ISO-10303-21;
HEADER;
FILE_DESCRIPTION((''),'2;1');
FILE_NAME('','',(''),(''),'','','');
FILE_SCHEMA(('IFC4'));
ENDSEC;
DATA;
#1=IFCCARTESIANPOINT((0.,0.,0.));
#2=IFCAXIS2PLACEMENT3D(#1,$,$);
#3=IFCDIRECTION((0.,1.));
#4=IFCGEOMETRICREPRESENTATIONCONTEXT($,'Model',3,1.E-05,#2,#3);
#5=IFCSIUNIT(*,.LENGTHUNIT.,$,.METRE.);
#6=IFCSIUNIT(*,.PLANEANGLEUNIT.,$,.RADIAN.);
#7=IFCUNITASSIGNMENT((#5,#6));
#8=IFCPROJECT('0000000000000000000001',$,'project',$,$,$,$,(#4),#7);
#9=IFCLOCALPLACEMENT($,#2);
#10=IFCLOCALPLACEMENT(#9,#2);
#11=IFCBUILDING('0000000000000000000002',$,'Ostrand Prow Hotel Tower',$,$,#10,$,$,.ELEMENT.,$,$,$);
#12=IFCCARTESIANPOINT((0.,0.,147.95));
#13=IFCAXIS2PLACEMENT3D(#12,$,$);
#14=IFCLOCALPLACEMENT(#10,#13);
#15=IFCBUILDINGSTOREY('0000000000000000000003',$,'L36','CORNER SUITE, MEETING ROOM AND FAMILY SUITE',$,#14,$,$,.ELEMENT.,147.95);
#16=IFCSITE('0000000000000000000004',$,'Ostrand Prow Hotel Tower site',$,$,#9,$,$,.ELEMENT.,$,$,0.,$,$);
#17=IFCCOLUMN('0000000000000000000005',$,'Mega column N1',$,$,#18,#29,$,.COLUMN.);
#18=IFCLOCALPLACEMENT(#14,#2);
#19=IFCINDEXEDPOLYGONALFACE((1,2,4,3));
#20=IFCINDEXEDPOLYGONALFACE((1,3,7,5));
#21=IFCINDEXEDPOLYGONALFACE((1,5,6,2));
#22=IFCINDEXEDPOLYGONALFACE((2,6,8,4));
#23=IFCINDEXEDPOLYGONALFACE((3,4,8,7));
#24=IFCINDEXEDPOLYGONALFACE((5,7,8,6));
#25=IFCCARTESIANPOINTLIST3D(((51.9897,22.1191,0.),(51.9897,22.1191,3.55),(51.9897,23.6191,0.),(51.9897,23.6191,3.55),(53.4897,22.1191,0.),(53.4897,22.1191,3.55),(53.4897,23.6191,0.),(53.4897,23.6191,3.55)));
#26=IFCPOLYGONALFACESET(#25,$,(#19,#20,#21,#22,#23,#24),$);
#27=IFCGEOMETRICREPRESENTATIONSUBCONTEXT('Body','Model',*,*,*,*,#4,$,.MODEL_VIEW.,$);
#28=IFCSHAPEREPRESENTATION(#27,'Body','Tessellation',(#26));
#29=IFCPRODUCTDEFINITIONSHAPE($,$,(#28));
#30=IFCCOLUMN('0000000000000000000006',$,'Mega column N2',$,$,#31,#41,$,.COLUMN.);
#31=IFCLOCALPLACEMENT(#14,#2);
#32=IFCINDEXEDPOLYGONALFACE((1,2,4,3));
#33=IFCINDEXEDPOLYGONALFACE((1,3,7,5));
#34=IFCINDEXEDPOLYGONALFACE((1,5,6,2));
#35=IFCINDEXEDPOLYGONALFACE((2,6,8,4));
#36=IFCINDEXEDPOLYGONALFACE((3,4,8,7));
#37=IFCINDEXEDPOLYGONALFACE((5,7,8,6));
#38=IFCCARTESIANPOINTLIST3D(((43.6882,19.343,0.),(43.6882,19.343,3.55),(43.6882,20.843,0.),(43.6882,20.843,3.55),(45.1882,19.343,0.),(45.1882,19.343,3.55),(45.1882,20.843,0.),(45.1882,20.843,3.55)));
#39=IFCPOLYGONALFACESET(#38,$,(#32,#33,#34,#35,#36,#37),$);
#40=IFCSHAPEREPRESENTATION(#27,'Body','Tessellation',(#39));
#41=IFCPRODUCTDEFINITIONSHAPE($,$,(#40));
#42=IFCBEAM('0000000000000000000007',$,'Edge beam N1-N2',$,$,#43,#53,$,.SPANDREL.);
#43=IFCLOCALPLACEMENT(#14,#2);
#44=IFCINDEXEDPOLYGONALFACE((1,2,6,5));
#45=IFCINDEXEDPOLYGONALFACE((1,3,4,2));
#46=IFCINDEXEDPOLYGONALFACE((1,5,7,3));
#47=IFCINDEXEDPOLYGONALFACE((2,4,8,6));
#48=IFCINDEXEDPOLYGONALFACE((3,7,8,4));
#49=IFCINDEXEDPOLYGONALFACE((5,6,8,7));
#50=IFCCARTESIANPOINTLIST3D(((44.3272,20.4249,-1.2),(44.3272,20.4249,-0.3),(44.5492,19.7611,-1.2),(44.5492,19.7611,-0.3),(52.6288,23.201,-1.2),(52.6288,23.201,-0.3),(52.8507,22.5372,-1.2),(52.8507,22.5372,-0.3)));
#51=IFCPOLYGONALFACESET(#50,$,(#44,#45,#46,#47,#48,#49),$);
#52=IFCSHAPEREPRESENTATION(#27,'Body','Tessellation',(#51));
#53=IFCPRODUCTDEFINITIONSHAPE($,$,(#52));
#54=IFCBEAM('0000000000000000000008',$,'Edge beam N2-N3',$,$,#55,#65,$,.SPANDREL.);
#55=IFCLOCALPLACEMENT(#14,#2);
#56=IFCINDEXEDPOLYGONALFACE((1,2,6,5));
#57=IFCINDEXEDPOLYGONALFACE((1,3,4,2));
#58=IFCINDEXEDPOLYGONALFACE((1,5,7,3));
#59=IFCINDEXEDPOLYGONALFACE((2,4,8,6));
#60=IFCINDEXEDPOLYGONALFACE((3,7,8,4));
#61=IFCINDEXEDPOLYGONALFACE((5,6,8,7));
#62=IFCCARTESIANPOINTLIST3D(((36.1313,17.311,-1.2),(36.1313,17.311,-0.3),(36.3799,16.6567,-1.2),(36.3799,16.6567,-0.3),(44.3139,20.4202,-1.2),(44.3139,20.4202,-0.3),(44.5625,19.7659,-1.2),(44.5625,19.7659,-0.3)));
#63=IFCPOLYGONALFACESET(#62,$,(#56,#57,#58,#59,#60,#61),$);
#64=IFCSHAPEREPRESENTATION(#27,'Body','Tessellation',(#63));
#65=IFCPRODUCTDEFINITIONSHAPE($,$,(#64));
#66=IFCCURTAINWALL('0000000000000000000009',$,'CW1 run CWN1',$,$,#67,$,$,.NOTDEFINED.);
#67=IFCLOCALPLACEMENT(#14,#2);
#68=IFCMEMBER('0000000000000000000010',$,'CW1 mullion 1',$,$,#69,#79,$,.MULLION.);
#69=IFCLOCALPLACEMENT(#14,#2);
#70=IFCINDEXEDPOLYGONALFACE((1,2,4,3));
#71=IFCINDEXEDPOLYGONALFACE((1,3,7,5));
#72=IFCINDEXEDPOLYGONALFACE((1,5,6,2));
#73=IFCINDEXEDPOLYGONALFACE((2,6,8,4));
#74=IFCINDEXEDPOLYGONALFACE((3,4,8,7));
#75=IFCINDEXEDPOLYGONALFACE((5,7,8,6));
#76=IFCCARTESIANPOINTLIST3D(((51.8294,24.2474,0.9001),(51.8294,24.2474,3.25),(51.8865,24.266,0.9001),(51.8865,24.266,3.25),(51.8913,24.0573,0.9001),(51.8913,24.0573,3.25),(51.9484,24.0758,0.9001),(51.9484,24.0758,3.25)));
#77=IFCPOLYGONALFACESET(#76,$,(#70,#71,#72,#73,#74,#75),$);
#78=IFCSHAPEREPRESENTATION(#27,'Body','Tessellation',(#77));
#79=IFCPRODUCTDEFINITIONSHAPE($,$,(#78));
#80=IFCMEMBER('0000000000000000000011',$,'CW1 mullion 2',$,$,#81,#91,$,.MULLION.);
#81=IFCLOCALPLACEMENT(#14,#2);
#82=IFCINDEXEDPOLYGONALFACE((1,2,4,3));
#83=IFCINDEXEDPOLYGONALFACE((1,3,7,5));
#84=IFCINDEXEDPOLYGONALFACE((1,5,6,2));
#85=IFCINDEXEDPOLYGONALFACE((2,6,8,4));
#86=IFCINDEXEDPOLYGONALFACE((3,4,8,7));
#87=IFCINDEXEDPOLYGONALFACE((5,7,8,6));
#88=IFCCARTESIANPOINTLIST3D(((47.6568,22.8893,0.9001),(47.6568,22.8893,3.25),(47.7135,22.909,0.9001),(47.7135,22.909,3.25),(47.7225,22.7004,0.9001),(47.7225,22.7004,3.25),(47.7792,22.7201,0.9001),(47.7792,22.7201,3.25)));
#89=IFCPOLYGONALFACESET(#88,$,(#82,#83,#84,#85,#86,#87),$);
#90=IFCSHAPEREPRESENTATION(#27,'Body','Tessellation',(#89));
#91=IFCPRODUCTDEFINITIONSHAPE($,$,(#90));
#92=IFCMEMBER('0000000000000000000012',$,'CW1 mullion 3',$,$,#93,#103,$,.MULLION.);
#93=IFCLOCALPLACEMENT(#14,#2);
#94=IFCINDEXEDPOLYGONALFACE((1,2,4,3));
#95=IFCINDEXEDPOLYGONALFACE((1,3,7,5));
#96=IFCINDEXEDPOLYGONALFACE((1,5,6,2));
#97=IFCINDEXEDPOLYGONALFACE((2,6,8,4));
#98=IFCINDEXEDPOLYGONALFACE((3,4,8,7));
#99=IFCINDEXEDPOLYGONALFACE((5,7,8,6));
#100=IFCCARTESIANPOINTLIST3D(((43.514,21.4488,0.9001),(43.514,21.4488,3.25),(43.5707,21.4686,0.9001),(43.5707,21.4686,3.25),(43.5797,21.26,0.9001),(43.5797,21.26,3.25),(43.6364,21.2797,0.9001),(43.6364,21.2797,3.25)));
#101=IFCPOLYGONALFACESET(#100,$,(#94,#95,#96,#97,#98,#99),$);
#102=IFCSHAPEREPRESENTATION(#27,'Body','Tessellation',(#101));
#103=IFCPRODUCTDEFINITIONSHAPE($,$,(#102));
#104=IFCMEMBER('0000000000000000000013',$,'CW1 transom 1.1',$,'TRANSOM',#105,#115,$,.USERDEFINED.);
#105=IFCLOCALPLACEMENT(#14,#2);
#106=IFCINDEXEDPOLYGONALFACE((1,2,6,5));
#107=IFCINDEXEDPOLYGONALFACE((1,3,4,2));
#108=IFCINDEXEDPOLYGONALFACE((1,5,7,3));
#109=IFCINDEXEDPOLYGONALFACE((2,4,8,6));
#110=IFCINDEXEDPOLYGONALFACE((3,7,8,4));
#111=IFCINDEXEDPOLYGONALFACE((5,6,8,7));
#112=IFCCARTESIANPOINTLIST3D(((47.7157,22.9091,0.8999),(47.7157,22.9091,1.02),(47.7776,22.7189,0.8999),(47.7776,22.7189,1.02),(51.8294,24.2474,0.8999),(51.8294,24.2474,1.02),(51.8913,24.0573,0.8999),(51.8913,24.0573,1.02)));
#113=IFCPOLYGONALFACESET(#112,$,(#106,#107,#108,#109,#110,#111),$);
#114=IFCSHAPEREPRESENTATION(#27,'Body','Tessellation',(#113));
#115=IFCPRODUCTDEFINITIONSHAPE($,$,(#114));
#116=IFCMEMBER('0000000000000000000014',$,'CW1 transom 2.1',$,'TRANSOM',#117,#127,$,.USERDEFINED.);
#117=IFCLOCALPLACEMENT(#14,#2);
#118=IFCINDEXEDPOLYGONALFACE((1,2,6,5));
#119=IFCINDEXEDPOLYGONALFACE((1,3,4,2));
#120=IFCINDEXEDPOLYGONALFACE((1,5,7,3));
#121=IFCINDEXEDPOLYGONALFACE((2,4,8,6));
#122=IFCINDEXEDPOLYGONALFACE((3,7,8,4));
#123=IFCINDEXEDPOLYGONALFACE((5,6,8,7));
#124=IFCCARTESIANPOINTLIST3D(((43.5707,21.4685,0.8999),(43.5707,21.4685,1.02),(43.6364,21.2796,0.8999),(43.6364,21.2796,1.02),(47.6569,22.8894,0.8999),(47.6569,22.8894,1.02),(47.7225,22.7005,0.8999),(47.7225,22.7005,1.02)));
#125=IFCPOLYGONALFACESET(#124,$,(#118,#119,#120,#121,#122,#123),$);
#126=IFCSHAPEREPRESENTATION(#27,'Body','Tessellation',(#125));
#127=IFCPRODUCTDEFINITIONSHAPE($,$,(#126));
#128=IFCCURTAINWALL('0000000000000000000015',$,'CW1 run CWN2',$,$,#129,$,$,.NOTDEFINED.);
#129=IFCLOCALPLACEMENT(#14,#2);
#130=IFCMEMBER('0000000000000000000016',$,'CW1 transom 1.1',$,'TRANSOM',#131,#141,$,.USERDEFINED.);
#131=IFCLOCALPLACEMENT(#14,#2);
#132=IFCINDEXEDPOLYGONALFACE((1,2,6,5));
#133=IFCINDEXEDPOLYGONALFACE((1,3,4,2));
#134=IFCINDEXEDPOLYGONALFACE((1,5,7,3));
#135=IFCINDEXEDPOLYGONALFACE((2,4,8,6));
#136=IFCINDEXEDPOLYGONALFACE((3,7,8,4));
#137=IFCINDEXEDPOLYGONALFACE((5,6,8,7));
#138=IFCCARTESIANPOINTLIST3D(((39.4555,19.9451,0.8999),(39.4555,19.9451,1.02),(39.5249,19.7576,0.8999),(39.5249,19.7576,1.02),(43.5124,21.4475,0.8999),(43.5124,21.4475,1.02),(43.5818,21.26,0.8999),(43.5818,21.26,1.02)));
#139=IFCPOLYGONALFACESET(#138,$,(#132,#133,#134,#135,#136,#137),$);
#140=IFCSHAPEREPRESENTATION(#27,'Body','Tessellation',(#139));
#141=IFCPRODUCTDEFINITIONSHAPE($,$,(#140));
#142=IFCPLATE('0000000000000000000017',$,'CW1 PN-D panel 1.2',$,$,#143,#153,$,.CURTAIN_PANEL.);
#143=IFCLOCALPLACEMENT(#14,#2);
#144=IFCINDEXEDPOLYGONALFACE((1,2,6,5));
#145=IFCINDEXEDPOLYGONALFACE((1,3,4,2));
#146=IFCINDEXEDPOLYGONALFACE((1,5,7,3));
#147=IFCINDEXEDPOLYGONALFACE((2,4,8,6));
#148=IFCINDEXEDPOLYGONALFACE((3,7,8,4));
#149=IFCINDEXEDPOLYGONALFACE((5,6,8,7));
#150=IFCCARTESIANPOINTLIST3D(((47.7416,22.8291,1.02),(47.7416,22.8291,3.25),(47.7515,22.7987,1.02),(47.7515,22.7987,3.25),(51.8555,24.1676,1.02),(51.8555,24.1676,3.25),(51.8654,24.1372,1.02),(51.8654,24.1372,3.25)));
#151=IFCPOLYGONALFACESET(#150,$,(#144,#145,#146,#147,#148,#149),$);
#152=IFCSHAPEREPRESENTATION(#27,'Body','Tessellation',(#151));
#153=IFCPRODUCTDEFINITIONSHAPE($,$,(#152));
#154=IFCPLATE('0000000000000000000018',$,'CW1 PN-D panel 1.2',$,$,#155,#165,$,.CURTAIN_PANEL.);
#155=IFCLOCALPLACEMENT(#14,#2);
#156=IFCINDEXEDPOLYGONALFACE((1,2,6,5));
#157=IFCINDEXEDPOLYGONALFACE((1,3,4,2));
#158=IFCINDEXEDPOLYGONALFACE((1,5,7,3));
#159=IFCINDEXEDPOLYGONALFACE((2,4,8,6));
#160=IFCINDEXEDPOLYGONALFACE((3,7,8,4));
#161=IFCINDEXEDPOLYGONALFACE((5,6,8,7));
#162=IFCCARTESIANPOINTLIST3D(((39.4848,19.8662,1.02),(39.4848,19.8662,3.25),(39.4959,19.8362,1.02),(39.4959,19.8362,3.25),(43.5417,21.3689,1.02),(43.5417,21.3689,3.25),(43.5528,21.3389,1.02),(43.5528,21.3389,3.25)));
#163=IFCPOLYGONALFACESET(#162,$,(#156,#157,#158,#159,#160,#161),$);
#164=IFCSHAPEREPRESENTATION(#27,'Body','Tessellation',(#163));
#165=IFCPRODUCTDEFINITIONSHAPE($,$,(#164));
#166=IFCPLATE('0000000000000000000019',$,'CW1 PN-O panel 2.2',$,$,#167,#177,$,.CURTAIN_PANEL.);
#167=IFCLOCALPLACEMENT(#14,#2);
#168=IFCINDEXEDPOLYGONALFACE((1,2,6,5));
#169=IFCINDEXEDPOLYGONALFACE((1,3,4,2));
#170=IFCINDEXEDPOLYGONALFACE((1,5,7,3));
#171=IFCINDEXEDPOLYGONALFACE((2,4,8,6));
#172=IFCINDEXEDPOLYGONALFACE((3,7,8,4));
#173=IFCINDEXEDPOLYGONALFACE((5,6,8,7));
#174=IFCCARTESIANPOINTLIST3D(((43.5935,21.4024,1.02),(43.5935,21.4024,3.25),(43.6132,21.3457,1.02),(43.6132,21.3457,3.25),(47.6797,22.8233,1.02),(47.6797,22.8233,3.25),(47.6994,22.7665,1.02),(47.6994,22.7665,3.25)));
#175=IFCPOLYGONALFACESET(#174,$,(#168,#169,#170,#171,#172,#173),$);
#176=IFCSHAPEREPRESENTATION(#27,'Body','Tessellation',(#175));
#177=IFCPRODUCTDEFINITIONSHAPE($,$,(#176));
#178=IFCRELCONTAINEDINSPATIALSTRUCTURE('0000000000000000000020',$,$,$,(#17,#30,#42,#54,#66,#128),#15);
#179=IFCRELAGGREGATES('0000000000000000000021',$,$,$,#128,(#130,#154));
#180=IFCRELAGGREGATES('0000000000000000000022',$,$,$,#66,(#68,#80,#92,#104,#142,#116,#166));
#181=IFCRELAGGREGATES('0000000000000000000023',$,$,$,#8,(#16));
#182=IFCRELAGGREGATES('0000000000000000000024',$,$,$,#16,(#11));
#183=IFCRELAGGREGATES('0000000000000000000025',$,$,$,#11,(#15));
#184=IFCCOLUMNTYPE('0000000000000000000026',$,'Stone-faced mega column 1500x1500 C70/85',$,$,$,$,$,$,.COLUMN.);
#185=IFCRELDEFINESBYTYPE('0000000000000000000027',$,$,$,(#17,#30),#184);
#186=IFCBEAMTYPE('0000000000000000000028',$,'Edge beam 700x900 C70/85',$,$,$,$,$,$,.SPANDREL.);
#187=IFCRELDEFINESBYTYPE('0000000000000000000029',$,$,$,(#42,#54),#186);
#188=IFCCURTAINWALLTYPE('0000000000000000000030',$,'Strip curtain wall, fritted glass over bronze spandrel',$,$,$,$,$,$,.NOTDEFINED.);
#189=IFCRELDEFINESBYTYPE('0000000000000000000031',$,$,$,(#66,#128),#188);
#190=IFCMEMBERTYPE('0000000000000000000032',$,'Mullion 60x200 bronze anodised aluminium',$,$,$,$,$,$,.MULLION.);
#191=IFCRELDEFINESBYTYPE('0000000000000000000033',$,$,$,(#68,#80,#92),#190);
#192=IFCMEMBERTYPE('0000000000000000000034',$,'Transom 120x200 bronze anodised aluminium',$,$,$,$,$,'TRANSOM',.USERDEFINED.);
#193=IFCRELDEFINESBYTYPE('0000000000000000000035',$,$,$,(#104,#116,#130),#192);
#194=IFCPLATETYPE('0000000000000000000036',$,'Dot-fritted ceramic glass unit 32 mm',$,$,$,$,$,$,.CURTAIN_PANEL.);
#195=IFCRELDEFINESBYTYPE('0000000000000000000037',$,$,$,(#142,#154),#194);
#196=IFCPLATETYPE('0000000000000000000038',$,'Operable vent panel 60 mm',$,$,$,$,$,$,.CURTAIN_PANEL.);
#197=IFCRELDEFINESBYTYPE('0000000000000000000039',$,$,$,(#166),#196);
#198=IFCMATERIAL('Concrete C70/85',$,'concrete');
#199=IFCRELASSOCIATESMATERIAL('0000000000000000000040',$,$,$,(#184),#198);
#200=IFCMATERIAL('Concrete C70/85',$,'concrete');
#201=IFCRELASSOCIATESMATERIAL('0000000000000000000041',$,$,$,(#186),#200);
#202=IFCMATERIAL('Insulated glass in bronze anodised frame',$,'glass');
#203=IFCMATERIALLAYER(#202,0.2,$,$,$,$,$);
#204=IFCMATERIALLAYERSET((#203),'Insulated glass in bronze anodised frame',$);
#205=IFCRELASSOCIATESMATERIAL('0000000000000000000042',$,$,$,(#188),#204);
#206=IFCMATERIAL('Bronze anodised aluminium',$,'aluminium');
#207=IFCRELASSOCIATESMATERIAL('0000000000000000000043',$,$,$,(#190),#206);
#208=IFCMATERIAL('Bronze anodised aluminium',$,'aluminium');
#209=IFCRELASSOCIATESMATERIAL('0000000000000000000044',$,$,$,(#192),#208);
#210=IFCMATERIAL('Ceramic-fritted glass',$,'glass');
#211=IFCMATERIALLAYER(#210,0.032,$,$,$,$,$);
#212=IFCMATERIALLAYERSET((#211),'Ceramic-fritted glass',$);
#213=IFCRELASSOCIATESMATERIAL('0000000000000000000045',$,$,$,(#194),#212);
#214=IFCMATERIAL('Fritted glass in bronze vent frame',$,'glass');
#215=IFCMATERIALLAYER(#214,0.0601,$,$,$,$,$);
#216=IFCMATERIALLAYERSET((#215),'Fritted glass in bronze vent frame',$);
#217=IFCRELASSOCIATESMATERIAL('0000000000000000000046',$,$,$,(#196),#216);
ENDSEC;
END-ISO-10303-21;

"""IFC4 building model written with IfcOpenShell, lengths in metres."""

from ifc_helpers import new_model, si_unit, direction, frame, origin, origin_2d, place, context, subcontext, project, spatial, rectangle, extrude, material, layer, layer_set, material_profile, profile_set, type_object, element, aggregate, save


model = new_model("IFC4")

# Units and contexts
model_context = context("Model", 3, precision=1e-05, world=origin(), true_north=direction((0.0, 1.0)))
body_context = subcontext(model_context, "Body", "Model", "MODEL_VIEW")
ifc_project = project(units=[si_unit("LENGTHUNIT", "METRE"), si_unit("PLANEANGLEUNIT", "RADIAN")], contexts=[model_context])

# Site, building, storey
site_placement = place(None, origin())
site = spatial("IfcSite", under=ifc_project, at=site_placement, Name="Ostrand Prow Hotel Tower site", CompositionType="ELEMENT", RefElevation=0.0)
building_placement = place(site_placement, origin())
building = spatial("IfcBuilding", under=site, at=building_placement, Name="Ostrand Prow Hotel Tower", CompositionType="ELEMENT")
storey_placement = place(building_placement, frame((0.0, 0.0, 147.95)))
storey = spatial("IfcBuildingStorey", under=building, at=storey_placement, Name="L36", Description="CORNER SUITE, MEETING ROOM AND FAMILY SUITE", CompositionType="ELEMENT", Elevation=147.95)

# Columns
ifc_material_1 = material(Name="Concrete C70/85", Category="concrete")
ifc_material_profile_1 = material_profile(ifc_material_1, rectangle(XDim=1.5, YDim=1.5, at=origin_2d()), Name="RC 1500x1500")
ifc_profile_set_1 = profile_set([ifc_material_profile_1], Name="Concrete C70/85")
column_type = type_object("IfcColumnType", Name="Stone-faced mega column 1500x1500 C70/85", PredefinedType="COLUMN", material=ifc_profile_set_1)
for number, where, z_axis, x_axis, name in (
    (1, (52.7397, 22.8691, 0.0), (0.0, 0.0, 1.0), (1.0, 0.0, 0.0), "Mega column N1"),
    (2, (44.4382, 20.093, 0.0), (0.0, 0.0, 1.0), (1.0, 0.0, 0.0), "Mega column N2"),
):
    element("IfcColumn", number, at=place(storey_placement, frame(where, z_axis=z_axis, x_axis=x_axis)), inside=storey, type_object=column_type, Name=name, PredefinedType="COLUMN", context=body_context, shape_type="SweptSolid", body=[
        extrude(rectangle(XDim=1.5, YDim=1.5, at=origin_2d()), origin(), (0.0, 0.0, 1.0), 3.55),
    ])

# Beams
ifc_material_2 = material(Name="Concrete C70/85", Category="concrete")
ifc_material_profile_2 = material_profile(ifc_material_2, rectangle(XDim=0.7, YDim=0.8999, at=origin_2d()), Name="RC 700x900")
ifc_profile_set_2 = profile_set([ifc_material_profile_2], Name="Concrete C70/85")
beam_type = type_object("IfcBeamType", Name="Edge beam 700x900 C70/85", PredefinedType="SPANDREL", material=ifc_profile_set_2)
for number, where, z_axis, x_axis, name in (
    (3, (52.7397, 22.8691, -0.75), (-0.948376, -0.317148, 0.0), (0.317148, -0.948376, 0.0), "Edge beam N1-N2"),
    (4, (44.4382, 20.093, -0.75), (-0.934794, -0.355191, 0.0), (0.355191, -0.934794, 0.0), "Edge beam N2-N3"),
):
    element("IfcBeam", number, at=place(storey_placement, frame(where, z_axis=z_axis, x_axis=x_axis)), inside=storey, type_object=beam_type, Name=name, PredefinedType="SPANDREL", context=body_context, shape_type="SweptSolid", body=[
        extrude(rectangle(XDim=0.7, YDim=0.8999, at=origin_2d()), origin(), (0.0, 0.0, 1.0), 8.7534),
    ])

# Curtain wall, members
ifc_material_3 = material(Name="Insulated glass in bronze anodised frame", Category="glass")
ifc_layer_1 = layer(ifc_material_3, 0.2)
ifc_layer_set_1 = layer_set([ifc_layer_1], Name="Insulated glass in bronze anodised frame")
curtain_wall_type = type_object("IfcCurtainWallType", Name="Strip curtain wall, fritted glass over bronze spandrel", PredefinedType="NOTDEFINED", material=ifc_layer_set_1)
curtain_wall_1_placement = place(storey_placement, origin())
curtain_wall_1 = element("IfcCurtainWall", 5, at=curtain_wall_1_placement, inside=storey, type_object=curtain_wall_type, Name="CW1 run CWN1", PredefinedType="NOTDEFINED")
ifc_material_4 = material(Name="Bronze anodised aluminium", Category="aluminium")
ifc_material_profile_3 = material_profile(ifc_material_4, rectangle(XDim=0.2, YDim=0.0601, at=origin_2d()), Name="Mullion 60x200 bronze anodised aluminium")
ifc_profile_set_3 = profile_set([ifc_material_profile_3], Name="Bronze anodised aluminium")
member_type_1 = type_object("IfcMemberType", Name="Mullion 60x200 bronze anodised aluminium", PredefinedType="MULLION", material=ifc_profile_set_3)
member_1_placement = place(storey_placement, frame((51.8889, 24.1616, 0.9001), z_axis=(0.0, 0.0, 1.0), x_axis=(0.30938, -0.950938, 0.0)))
member_1 = element("IfcMember", 6, at=member_1_placement, type_object=member_type_1, Name="CW1 mullion 1", PredefinedType="MULLION", context=body_context, shape_type="SweptSolid", body=[
    extrude(rectangle(XDim=0.2, YDim=0.0601, at=origin_2d()), origin(), (0.0, 0.0, 1.0), 2.3499),
])
member_2_placement = place(storey_placement, frame((47.718, 22.8047, 0.9001), z_axis=(0.0, 0.0, 1.0), x_axis=(0.328428, -0.944529, 0.0)))
member_2 = element("IfcMember", 7, at=member_2_placement, type_object=member_type_1, Name="CW1 mullion 2", PredefinedType="MULLION", context=body_context, shape_type="SweptSolid", body=[
    extrude(rectangle(XDim=0.2, YDim=0.0601, at=origin_2d()), origin(), (0.0, 0.0, 1.0), 2.3499),
])
member_3_placement = place(storey_placement, frame((43.5752, 21.3643, 0.9001), z_axis=(0.0, 0.0, 1.0), x_axis=(0.328428, -0.944529, 0.0)))
member_3 = element("IfcMember", 8, at=member_3_placement, type_object=member_type_1, Name="CW1 mullion 3", PredefinedType="MULLION", context=body_context, shape_type="SweptSolid", body=[
    extrude(rectangle(XDim=0.2, YDim=0.0601, at=origin_2d()), origin(), (0.0, 0.0, 1.0), 2.3499),
])
ifc_material_5 = material(Name="Bronze anodised aluminium", Category="aluminium")
ifc_material_profile_4 = material_profile(ifc_material_5, rectangle(XDim=0.2, YDim=0.1201, at=origin_2d()), Name="Transom 120x200 bronze anodised aluminium")
ifc_profile_set_4 = profile_set([ifc_material_profile_4], Name="Bronze anodised aluminium")
member_type_2 = type_object("IfcMemberType", Name="Transom 120x200 bronze anodised aluminium", ElementType="TRANSOM", PredefinedType="USERDEFINED", material=ifc_profile_set_4)
member_4_placement = place(storey_placement, frame((51.8604, 24.1523, 0.96), z_axis=(-0.950939, -0.30938, 0.0), x_axis=(0.30938, -0.950939, 0.0)))
member_4 = element("IfcMember", 9, at=member_4_placement, type_object=member_type_2, Name="CW1 transom 1.1", ObjectType="TRANSOM", PredefinedType="USERDEFINED", context=body_context, shape_type="SweptSolid", body=[
    extrude(rectangle(XDim=0.2, YDim=0.1201, at=origin_2d()), origin(), (0.0, 0.0, 1.0), 4.3259),
])
member_5_placement = place(storey_placement, frame((47.6897, 22.7949, 0.96), z_axis=(-0.944524, -0.328442, 0.0), x_axis=(0.328442, -0.944524, 0.0)))
member_5 = element("IfcMember", 10, at=member_5_placement, type_object=member_type_2, Name="CW1 transom 2.1", ObjectType="TRANSOM", PredefinedType="USERDEFINED", context=body_context, shape_type="SweptSolid", body=[
    extrude(rectangle(XDim=0.2, YDim=0.1201, at=origin_2d()), origin(), (0.0, 0.0, 1.0), 4.3262),
])

# Curtain wall, member
curtain_wall_2_placement = place(storey_placement, origin())
curtain_wall_2 = element("IfcCurtainWall", 11, at=curtain_wall_2_placement, inside=storey, type_object=curtain_wall_type, Name="CW1 run CWN2", PredefinedType="NOTDEFINED")
member_6_placement = place(storey_placement, frame((43.5471, 21.3538, 0.96), z_axis=(-0.937757, -0.347292, 0.0), x_axis=(0.347292, -0.937757, 0.0)))
member_6 = element("IfcMember", 12, at=member_6_placement, type_object=member_type_2, Name="CW1 transom 1.1", ObjectType="TRANSOM", PredefinedType="USERDEFINED", context=body_context, shape_type="SweptSolid", body=[
    extrude(rectangle(XDim=0.2, YDim=0.1201, at=origin_2d()), origin(), (0.0, 0.0, 1.0), 4.3262),
])

# Plates
ifc_material_6 = material(Name="Ceramic-fritted glass", Category="glass")
ifc_layer_2 = layer(ifc_material_6, 0.032)
ifc_layer_set_2 = layer_set([ifc_layer_2], Name="Ceramic-fritted glass")
plate_type_1 = type_object("IfcPlateType", Name="Dot-fritted ceramic glass unit 32 mm", PredefinedType="CURTAIN_PANEL", material=ifc_layer_set_2)
plate_1_placement = place(storey_placement, frame((49.8035, 23.4832, 1.02), z_axis=(0.0, 0.0, 1.0), x_axis=(-0.950938, -0.30938, 0.0)))
plate_1 = element("IfcPlate", 13, at=plate_1_placement, type_object=plate_type_1, Name="CW1 PN-D panel 1.2", PredefinedType="CURTAIN_PANEL", context=body_context, shape_type="SweptSolid", body=[
    extrude(rectangle(XDim=4.3262, YDim=0.032, at=origin_2d()), origin(), (0.0, 0.0, 1.0), 2.23),
])
plate_2_placement = place(storey_placement, frame((41.5188, 20.6025, 1.02), z_axis=(0.0, 0.0, 1.0), x_axis=(-0.937739, -0.347342, 0.0)))
plate_2 = element("IfcPlate", 14, at=plate_2_placement, type_object=plate_type_1, Name="CW1 PN-D panel 1.2", PredefinedType="CURTAIN_PANEL", context=body_context, shape_type="SweptSolid", body=[
    extrude(rectangle(XDim=4.3262, YDim=0.032, at=origin_2d()), origin(), (0.0, 0.0, 1.0), 2.23),
])
aggregate(curtain_wall_2, [member_6, plate_2])
ifc_material_7 = material(Name="Fritted glass in bronze vent frame", Category="glass")
ifc_layer_3 = layer(ifc_material_7, 0.0601)
ifc_layer_set_3 = layer_set([ifc_layer_3], Name="Fritted glass in bronze vent frame")
plate_type_2 = type_object("IfcPlateType", Name="Operable vent panel 60 mm", PredefinedType="CURTAIN_PANEL", material=ifc_layer_set_3)
plate_3_placement = place(storey_placement, frame((45.6465, 22.0845, 1.02), z_axis=(0.0, 0.0, 1.0), x_axis=(-0.944529, -0.328428, 0.0)))
plate_3 = element("IfcPlate", 15, at=plate_3_placement, type_object=plate_type_2, Name="CW1 PN-O panel 2.2", PredefinedType="CURTAIN_PANEL", context=body_context, shape_type="SweptSolid", body=[
    extrude(rectangle(XDim=4.3262, YDim=0.0601, at=origin_2d()), origin(), (0.0, 0.0, 1.0), 2.23),
])
aggregate(curtain_wall_1, [member_1, member_2, member_3, member_4, plate_1, member_5, plate_3])

save(model, "model.ifc")
